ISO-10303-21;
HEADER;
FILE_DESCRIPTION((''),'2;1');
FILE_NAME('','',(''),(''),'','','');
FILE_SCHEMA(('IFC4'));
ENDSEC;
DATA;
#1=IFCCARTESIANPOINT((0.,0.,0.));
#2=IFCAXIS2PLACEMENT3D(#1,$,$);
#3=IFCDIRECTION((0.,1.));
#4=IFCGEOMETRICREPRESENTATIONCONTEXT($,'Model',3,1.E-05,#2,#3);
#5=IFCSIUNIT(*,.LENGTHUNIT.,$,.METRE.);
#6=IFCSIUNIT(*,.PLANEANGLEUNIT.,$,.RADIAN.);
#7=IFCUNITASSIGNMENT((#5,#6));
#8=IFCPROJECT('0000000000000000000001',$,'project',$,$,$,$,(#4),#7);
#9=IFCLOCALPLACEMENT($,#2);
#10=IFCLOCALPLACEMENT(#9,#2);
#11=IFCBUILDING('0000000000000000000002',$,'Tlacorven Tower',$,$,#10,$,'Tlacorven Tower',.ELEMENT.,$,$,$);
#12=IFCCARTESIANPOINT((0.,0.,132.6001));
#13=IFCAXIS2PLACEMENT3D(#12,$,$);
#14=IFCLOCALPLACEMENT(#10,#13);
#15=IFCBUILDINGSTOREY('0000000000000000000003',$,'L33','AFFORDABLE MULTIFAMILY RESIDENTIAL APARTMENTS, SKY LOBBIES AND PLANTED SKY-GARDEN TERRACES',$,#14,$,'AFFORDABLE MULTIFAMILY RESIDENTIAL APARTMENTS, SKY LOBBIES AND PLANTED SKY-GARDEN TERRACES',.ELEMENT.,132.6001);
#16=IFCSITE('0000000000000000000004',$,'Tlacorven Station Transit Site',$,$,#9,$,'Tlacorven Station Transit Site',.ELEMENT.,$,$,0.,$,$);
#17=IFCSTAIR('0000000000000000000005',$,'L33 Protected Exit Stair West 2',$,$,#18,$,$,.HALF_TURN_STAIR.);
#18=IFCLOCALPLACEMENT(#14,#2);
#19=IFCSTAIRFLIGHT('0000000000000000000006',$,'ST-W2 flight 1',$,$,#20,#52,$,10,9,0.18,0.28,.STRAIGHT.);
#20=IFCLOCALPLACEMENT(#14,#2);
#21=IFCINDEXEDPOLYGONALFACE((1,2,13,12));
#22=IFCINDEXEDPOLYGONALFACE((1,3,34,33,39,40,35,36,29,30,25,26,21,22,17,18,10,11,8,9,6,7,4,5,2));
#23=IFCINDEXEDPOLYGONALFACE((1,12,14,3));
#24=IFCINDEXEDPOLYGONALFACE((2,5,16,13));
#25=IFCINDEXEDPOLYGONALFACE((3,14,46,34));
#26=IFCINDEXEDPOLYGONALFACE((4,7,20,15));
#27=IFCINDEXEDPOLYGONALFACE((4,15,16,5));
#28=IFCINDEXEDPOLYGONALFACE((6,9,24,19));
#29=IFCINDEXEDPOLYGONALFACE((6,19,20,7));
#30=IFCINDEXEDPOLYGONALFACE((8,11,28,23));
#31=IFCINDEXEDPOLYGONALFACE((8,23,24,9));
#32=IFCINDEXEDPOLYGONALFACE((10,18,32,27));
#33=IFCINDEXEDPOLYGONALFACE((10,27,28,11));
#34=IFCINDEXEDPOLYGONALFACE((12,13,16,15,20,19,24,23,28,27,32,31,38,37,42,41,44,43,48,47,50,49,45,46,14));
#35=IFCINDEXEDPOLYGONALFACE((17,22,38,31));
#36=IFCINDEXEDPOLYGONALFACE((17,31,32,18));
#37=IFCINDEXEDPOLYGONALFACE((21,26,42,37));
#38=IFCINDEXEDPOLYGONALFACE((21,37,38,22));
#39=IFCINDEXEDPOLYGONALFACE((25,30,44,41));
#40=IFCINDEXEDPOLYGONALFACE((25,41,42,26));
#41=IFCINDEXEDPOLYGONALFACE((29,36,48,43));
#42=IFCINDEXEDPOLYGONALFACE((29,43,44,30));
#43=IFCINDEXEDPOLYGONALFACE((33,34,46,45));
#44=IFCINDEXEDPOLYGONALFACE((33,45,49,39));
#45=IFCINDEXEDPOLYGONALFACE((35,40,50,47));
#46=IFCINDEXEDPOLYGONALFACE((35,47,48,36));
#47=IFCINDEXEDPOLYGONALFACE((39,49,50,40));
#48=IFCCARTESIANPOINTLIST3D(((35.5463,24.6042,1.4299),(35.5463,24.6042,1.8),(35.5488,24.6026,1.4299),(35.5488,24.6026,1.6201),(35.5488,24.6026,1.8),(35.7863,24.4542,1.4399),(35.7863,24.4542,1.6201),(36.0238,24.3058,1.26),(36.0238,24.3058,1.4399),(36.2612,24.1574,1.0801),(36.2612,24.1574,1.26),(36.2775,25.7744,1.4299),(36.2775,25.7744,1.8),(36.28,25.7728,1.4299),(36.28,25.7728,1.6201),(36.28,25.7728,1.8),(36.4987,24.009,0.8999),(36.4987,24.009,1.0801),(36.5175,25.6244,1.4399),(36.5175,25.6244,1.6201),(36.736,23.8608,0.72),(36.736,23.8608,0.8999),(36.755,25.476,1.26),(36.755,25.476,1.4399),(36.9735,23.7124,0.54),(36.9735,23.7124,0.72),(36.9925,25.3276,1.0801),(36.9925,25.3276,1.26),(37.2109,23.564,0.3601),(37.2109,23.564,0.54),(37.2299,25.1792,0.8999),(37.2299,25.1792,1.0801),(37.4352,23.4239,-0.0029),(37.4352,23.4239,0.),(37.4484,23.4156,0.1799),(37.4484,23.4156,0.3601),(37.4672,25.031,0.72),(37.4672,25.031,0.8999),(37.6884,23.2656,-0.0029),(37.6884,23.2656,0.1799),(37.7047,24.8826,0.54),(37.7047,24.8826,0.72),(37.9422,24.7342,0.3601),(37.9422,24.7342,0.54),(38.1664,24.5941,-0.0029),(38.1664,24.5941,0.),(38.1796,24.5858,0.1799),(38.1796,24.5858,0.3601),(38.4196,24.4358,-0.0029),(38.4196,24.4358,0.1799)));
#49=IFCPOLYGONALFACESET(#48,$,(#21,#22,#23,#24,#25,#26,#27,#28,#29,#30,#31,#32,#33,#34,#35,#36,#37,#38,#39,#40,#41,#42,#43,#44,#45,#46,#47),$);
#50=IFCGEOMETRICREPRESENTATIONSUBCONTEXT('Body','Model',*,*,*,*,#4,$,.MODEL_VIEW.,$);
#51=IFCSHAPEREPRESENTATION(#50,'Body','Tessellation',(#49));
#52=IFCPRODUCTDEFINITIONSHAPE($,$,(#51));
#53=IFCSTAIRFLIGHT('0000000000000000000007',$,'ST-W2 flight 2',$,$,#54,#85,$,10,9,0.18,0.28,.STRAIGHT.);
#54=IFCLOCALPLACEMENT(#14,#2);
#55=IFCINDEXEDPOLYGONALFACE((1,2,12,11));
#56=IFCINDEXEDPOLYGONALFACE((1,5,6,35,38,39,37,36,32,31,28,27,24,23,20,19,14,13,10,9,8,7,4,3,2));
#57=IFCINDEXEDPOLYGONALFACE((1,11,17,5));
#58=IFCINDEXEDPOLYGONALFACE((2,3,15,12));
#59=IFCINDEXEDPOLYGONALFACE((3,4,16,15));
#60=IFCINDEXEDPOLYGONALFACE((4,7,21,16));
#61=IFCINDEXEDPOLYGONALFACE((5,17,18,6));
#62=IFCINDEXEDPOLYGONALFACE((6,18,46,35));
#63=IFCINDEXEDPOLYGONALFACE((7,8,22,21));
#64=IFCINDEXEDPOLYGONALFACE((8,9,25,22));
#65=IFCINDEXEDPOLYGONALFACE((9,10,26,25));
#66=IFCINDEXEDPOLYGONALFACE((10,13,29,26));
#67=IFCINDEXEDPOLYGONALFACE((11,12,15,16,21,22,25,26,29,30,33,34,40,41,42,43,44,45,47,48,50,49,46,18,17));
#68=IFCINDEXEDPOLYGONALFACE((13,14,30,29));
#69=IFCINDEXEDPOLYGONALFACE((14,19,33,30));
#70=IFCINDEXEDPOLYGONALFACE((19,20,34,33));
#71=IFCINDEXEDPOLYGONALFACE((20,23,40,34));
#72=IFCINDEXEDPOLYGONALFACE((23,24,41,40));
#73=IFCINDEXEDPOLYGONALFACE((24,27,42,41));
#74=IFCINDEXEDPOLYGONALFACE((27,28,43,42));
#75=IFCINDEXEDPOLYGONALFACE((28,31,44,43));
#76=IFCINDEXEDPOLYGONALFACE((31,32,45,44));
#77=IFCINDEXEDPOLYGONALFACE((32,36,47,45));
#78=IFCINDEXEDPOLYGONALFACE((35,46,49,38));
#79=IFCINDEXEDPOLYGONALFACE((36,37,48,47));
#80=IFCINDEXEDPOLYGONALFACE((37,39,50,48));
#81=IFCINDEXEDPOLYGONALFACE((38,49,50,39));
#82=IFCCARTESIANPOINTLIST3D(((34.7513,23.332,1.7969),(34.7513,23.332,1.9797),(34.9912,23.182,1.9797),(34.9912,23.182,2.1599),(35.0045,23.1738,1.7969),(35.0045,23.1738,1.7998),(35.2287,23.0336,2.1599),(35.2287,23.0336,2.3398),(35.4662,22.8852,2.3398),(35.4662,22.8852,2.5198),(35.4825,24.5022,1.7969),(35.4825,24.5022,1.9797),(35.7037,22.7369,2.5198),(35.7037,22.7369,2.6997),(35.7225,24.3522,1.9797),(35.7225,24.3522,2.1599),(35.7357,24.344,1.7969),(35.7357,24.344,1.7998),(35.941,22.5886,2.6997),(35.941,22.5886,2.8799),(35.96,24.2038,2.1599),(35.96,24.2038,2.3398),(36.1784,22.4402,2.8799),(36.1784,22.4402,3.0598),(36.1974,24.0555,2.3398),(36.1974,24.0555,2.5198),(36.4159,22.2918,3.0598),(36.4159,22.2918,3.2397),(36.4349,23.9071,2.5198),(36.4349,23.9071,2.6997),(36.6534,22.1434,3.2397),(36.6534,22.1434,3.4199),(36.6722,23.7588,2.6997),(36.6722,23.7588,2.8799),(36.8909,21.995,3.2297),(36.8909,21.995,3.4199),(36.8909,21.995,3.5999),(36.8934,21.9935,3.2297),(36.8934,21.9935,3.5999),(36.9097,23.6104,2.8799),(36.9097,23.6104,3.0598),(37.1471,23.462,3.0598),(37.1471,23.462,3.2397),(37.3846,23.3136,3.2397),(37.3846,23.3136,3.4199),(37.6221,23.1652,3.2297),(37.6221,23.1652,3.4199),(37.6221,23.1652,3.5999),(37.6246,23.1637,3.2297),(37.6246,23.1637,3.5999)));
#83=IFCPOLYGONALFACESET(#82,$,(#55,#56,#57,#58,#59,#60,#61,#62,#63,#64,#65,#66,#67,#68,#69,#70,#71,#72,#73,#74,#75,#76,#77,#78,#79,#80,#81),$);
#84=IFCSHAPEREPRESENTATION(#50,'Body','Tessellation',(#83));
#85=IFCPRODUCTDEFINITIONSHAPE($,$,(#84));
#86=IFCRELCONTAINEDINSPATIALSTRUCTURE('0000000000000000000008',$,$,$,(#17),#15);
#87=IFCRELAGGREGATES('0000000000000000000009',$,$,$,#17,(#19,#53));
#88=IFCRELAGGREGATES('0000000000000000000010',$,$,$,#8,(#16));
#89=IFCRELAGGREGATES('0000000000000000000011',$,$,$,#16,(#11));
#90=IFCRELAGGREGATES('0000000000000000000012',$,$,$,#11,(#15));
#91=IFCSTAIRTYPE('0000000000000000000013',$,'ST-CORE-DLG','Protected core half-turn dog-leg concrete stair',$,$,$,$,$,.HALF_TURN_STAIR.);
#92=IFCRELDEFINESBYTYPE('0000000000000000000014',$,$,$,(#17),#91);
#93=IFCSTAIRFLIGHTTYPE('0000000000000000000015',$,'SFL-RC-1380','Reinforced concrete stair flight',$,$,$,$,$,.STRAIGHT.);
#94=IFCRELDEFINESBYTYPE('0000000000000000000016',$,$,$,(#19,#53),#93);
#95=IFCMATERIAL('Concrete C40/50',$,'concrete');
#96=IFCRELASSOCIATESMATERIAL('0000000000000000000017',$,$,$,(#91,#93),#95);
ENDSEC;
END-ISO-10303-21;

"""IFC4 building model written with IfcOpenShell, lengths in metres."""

from ifc_helpers import new_model, si_unit, direction, frame, origin, place, context, subcontext, project, spatial, polyline, outline, extrude, source, transform, mapped, material, type_object, element, aggregate, save


model = new_model("IFC4")

# Units and contexts
model_context = context("Model", 3, precision=1e-05, world=origin(), true_north=direction((0.0, 1.0)))
body_context = subcontext(model_context, "Body", "Model", "MODEL_VIEW")
ifc_project = project(units=[si_unit("LENGTHUNIT", "METRE"), si_unit("PLANEANGLEUNIT", "RADIAN")], contexts=[model_context])

# Site, building, storey
site_placement = place(None, origin())
site = spatial("IfcSite", under=ifc_project, at=site_placement, Name="Tlacorven Station Transit Site", LongName="Tlacorven Station Transit Site", CompositionType="ELEMENT", RefElevation=0.0)
building_placement = place(site_placement, origin())
building = spatial("IfcBuilding", under=site, at=building_placement, Name="Tlacorven Tower", LongName="Tlacorven Tower", CompositionType="ELEMENT")
storey_placement = place(building_placement, frame((0.0, 0.0, 132.6001)))
storey = spatial("IfcBuildingStorey", under=building, at=storey_placement, Name="L33", Description="AFFORDABLE MULTIFAMILY RESIDENTIAL APARTMENTS, SKY LOBBIES AND PLANTED SKY-GARDEN TERRACES", LongName="AFFORDABLE MULTIFAMILY RESIDENTIAL APARTMENTS, SKY LOBBIES AND PLANTED SKY-GARDEN TERRACES", CompositionType="ELEMENT", Elevation=132.6001)

# Shared definitions
ifc_material_1 = material(Name="Concrete C40/50", Category="concrete")

# Stair, stair flights
stair_type = type_object("IfcStairType", Name="ST-CORE-DLG", Description="Protected core half-turn dog-leg concrete stair", PredefinedType="HALF_TURN_STAIR", material=ifc_material_1)
stair_placement = place(storey_placement, origin())
stair = element("IfcStair", 1, at=stair_placement, inside=storey, type_object=stair_type, Name="L33 Protected Exit Stair West 2", PredefinedType="HALF_TURN_STAIR")
stair_flight_type = type_object("IfcStairFlightType", Name="SFL-RC-1380", Description="Reinforced concrete stair flight", PredefinedType="STRAIGHT", material=ifc_material_1)
shared_shape_1 = source(origin(), body_context, "Body", "SweptSolid", [
    extrude(outline(polyline([(-0.0029, -0.0029), (-0.0029, 0.1799), (0.28, 0.1799), (0.28, 0.3601), (0.5601, 0.3601), (0.5601, 0.54), (0.8401, 0.54), (0.8401, 0.72), (1.1201, 0.72), (1.1201, 0.8999), (1.3999, 0.8999), (1.3999, 1.0801), (1.6799, 1.0801), (1.6799, 1.26), (1.96, 1.26), (1.96, 1.4399), (2.24, 1.4399), (2.24, 1.6201), (2.52, 1.6201), (2.52, 1.8), (2.5229, 1.8), (2.5229, 1.4299), (2.52, 1.4299), (0.2957, 0.0), (0.2957, -0.0029), (-0.0029, -0.0029)])), frame((0.0, 0.6899, 0.0), z_axis=(0.0, -1.0, 0.0), x_axis=(1.0, 0.0, 0.0)), (0.0, 0.0, 1.0), 1.3799),
])
stair_flight_1_placement = place(storey_placement, frame((38.0515, 23.8523, 0.0), z_axis=(0.0, 0.0, 1.0), x_axis=(-0.848048, 0.529919, 0.0)))
stair_flight_1 = element("IfcStairFlight", 2, at=stair_flight_1_placement, type_object=stair_flight_type, Name="ST-W2 flight 1", NumberOfRisers=10, NumberOfTreads=9, PredefinedType="STRAIGHT", RiserHeight=0.18, TreadLength=0.28, context=body_context, shape_type="MappedRepresentation", body=[
    mapped(shared_shape_1, transform((0.0, 0.0, 0.0), scale=1.0)),
])
stair_flight_2_placement = place(storey_placement, frame((35.1194, 23.9155, 1.7998), z_axis=(0.0, 0.0, 1.0), x_axis=(0.848048, -0.529919, 0.0)))
stair_flight_2 = element("IfcStairFlight", 3, at=stair_flight_2_placement, type_object=stair_flight_type, Name="ST-W2 flight 2", NumberOfRisers=10, NumberOfTreads=9, PredefinedType="STRAIGHT", RiserHeight=0.18, TreadLength=0.28, context=body_context, shape_type="MappedRepresentation", body=[
    mapped(shared_shape_1, transform((0.0, 0.0, 0.0), scale=1.0)),
])
aggregate(stair, [stair_flight_1, stair_flight_2])

save(model, "model.ifc")
